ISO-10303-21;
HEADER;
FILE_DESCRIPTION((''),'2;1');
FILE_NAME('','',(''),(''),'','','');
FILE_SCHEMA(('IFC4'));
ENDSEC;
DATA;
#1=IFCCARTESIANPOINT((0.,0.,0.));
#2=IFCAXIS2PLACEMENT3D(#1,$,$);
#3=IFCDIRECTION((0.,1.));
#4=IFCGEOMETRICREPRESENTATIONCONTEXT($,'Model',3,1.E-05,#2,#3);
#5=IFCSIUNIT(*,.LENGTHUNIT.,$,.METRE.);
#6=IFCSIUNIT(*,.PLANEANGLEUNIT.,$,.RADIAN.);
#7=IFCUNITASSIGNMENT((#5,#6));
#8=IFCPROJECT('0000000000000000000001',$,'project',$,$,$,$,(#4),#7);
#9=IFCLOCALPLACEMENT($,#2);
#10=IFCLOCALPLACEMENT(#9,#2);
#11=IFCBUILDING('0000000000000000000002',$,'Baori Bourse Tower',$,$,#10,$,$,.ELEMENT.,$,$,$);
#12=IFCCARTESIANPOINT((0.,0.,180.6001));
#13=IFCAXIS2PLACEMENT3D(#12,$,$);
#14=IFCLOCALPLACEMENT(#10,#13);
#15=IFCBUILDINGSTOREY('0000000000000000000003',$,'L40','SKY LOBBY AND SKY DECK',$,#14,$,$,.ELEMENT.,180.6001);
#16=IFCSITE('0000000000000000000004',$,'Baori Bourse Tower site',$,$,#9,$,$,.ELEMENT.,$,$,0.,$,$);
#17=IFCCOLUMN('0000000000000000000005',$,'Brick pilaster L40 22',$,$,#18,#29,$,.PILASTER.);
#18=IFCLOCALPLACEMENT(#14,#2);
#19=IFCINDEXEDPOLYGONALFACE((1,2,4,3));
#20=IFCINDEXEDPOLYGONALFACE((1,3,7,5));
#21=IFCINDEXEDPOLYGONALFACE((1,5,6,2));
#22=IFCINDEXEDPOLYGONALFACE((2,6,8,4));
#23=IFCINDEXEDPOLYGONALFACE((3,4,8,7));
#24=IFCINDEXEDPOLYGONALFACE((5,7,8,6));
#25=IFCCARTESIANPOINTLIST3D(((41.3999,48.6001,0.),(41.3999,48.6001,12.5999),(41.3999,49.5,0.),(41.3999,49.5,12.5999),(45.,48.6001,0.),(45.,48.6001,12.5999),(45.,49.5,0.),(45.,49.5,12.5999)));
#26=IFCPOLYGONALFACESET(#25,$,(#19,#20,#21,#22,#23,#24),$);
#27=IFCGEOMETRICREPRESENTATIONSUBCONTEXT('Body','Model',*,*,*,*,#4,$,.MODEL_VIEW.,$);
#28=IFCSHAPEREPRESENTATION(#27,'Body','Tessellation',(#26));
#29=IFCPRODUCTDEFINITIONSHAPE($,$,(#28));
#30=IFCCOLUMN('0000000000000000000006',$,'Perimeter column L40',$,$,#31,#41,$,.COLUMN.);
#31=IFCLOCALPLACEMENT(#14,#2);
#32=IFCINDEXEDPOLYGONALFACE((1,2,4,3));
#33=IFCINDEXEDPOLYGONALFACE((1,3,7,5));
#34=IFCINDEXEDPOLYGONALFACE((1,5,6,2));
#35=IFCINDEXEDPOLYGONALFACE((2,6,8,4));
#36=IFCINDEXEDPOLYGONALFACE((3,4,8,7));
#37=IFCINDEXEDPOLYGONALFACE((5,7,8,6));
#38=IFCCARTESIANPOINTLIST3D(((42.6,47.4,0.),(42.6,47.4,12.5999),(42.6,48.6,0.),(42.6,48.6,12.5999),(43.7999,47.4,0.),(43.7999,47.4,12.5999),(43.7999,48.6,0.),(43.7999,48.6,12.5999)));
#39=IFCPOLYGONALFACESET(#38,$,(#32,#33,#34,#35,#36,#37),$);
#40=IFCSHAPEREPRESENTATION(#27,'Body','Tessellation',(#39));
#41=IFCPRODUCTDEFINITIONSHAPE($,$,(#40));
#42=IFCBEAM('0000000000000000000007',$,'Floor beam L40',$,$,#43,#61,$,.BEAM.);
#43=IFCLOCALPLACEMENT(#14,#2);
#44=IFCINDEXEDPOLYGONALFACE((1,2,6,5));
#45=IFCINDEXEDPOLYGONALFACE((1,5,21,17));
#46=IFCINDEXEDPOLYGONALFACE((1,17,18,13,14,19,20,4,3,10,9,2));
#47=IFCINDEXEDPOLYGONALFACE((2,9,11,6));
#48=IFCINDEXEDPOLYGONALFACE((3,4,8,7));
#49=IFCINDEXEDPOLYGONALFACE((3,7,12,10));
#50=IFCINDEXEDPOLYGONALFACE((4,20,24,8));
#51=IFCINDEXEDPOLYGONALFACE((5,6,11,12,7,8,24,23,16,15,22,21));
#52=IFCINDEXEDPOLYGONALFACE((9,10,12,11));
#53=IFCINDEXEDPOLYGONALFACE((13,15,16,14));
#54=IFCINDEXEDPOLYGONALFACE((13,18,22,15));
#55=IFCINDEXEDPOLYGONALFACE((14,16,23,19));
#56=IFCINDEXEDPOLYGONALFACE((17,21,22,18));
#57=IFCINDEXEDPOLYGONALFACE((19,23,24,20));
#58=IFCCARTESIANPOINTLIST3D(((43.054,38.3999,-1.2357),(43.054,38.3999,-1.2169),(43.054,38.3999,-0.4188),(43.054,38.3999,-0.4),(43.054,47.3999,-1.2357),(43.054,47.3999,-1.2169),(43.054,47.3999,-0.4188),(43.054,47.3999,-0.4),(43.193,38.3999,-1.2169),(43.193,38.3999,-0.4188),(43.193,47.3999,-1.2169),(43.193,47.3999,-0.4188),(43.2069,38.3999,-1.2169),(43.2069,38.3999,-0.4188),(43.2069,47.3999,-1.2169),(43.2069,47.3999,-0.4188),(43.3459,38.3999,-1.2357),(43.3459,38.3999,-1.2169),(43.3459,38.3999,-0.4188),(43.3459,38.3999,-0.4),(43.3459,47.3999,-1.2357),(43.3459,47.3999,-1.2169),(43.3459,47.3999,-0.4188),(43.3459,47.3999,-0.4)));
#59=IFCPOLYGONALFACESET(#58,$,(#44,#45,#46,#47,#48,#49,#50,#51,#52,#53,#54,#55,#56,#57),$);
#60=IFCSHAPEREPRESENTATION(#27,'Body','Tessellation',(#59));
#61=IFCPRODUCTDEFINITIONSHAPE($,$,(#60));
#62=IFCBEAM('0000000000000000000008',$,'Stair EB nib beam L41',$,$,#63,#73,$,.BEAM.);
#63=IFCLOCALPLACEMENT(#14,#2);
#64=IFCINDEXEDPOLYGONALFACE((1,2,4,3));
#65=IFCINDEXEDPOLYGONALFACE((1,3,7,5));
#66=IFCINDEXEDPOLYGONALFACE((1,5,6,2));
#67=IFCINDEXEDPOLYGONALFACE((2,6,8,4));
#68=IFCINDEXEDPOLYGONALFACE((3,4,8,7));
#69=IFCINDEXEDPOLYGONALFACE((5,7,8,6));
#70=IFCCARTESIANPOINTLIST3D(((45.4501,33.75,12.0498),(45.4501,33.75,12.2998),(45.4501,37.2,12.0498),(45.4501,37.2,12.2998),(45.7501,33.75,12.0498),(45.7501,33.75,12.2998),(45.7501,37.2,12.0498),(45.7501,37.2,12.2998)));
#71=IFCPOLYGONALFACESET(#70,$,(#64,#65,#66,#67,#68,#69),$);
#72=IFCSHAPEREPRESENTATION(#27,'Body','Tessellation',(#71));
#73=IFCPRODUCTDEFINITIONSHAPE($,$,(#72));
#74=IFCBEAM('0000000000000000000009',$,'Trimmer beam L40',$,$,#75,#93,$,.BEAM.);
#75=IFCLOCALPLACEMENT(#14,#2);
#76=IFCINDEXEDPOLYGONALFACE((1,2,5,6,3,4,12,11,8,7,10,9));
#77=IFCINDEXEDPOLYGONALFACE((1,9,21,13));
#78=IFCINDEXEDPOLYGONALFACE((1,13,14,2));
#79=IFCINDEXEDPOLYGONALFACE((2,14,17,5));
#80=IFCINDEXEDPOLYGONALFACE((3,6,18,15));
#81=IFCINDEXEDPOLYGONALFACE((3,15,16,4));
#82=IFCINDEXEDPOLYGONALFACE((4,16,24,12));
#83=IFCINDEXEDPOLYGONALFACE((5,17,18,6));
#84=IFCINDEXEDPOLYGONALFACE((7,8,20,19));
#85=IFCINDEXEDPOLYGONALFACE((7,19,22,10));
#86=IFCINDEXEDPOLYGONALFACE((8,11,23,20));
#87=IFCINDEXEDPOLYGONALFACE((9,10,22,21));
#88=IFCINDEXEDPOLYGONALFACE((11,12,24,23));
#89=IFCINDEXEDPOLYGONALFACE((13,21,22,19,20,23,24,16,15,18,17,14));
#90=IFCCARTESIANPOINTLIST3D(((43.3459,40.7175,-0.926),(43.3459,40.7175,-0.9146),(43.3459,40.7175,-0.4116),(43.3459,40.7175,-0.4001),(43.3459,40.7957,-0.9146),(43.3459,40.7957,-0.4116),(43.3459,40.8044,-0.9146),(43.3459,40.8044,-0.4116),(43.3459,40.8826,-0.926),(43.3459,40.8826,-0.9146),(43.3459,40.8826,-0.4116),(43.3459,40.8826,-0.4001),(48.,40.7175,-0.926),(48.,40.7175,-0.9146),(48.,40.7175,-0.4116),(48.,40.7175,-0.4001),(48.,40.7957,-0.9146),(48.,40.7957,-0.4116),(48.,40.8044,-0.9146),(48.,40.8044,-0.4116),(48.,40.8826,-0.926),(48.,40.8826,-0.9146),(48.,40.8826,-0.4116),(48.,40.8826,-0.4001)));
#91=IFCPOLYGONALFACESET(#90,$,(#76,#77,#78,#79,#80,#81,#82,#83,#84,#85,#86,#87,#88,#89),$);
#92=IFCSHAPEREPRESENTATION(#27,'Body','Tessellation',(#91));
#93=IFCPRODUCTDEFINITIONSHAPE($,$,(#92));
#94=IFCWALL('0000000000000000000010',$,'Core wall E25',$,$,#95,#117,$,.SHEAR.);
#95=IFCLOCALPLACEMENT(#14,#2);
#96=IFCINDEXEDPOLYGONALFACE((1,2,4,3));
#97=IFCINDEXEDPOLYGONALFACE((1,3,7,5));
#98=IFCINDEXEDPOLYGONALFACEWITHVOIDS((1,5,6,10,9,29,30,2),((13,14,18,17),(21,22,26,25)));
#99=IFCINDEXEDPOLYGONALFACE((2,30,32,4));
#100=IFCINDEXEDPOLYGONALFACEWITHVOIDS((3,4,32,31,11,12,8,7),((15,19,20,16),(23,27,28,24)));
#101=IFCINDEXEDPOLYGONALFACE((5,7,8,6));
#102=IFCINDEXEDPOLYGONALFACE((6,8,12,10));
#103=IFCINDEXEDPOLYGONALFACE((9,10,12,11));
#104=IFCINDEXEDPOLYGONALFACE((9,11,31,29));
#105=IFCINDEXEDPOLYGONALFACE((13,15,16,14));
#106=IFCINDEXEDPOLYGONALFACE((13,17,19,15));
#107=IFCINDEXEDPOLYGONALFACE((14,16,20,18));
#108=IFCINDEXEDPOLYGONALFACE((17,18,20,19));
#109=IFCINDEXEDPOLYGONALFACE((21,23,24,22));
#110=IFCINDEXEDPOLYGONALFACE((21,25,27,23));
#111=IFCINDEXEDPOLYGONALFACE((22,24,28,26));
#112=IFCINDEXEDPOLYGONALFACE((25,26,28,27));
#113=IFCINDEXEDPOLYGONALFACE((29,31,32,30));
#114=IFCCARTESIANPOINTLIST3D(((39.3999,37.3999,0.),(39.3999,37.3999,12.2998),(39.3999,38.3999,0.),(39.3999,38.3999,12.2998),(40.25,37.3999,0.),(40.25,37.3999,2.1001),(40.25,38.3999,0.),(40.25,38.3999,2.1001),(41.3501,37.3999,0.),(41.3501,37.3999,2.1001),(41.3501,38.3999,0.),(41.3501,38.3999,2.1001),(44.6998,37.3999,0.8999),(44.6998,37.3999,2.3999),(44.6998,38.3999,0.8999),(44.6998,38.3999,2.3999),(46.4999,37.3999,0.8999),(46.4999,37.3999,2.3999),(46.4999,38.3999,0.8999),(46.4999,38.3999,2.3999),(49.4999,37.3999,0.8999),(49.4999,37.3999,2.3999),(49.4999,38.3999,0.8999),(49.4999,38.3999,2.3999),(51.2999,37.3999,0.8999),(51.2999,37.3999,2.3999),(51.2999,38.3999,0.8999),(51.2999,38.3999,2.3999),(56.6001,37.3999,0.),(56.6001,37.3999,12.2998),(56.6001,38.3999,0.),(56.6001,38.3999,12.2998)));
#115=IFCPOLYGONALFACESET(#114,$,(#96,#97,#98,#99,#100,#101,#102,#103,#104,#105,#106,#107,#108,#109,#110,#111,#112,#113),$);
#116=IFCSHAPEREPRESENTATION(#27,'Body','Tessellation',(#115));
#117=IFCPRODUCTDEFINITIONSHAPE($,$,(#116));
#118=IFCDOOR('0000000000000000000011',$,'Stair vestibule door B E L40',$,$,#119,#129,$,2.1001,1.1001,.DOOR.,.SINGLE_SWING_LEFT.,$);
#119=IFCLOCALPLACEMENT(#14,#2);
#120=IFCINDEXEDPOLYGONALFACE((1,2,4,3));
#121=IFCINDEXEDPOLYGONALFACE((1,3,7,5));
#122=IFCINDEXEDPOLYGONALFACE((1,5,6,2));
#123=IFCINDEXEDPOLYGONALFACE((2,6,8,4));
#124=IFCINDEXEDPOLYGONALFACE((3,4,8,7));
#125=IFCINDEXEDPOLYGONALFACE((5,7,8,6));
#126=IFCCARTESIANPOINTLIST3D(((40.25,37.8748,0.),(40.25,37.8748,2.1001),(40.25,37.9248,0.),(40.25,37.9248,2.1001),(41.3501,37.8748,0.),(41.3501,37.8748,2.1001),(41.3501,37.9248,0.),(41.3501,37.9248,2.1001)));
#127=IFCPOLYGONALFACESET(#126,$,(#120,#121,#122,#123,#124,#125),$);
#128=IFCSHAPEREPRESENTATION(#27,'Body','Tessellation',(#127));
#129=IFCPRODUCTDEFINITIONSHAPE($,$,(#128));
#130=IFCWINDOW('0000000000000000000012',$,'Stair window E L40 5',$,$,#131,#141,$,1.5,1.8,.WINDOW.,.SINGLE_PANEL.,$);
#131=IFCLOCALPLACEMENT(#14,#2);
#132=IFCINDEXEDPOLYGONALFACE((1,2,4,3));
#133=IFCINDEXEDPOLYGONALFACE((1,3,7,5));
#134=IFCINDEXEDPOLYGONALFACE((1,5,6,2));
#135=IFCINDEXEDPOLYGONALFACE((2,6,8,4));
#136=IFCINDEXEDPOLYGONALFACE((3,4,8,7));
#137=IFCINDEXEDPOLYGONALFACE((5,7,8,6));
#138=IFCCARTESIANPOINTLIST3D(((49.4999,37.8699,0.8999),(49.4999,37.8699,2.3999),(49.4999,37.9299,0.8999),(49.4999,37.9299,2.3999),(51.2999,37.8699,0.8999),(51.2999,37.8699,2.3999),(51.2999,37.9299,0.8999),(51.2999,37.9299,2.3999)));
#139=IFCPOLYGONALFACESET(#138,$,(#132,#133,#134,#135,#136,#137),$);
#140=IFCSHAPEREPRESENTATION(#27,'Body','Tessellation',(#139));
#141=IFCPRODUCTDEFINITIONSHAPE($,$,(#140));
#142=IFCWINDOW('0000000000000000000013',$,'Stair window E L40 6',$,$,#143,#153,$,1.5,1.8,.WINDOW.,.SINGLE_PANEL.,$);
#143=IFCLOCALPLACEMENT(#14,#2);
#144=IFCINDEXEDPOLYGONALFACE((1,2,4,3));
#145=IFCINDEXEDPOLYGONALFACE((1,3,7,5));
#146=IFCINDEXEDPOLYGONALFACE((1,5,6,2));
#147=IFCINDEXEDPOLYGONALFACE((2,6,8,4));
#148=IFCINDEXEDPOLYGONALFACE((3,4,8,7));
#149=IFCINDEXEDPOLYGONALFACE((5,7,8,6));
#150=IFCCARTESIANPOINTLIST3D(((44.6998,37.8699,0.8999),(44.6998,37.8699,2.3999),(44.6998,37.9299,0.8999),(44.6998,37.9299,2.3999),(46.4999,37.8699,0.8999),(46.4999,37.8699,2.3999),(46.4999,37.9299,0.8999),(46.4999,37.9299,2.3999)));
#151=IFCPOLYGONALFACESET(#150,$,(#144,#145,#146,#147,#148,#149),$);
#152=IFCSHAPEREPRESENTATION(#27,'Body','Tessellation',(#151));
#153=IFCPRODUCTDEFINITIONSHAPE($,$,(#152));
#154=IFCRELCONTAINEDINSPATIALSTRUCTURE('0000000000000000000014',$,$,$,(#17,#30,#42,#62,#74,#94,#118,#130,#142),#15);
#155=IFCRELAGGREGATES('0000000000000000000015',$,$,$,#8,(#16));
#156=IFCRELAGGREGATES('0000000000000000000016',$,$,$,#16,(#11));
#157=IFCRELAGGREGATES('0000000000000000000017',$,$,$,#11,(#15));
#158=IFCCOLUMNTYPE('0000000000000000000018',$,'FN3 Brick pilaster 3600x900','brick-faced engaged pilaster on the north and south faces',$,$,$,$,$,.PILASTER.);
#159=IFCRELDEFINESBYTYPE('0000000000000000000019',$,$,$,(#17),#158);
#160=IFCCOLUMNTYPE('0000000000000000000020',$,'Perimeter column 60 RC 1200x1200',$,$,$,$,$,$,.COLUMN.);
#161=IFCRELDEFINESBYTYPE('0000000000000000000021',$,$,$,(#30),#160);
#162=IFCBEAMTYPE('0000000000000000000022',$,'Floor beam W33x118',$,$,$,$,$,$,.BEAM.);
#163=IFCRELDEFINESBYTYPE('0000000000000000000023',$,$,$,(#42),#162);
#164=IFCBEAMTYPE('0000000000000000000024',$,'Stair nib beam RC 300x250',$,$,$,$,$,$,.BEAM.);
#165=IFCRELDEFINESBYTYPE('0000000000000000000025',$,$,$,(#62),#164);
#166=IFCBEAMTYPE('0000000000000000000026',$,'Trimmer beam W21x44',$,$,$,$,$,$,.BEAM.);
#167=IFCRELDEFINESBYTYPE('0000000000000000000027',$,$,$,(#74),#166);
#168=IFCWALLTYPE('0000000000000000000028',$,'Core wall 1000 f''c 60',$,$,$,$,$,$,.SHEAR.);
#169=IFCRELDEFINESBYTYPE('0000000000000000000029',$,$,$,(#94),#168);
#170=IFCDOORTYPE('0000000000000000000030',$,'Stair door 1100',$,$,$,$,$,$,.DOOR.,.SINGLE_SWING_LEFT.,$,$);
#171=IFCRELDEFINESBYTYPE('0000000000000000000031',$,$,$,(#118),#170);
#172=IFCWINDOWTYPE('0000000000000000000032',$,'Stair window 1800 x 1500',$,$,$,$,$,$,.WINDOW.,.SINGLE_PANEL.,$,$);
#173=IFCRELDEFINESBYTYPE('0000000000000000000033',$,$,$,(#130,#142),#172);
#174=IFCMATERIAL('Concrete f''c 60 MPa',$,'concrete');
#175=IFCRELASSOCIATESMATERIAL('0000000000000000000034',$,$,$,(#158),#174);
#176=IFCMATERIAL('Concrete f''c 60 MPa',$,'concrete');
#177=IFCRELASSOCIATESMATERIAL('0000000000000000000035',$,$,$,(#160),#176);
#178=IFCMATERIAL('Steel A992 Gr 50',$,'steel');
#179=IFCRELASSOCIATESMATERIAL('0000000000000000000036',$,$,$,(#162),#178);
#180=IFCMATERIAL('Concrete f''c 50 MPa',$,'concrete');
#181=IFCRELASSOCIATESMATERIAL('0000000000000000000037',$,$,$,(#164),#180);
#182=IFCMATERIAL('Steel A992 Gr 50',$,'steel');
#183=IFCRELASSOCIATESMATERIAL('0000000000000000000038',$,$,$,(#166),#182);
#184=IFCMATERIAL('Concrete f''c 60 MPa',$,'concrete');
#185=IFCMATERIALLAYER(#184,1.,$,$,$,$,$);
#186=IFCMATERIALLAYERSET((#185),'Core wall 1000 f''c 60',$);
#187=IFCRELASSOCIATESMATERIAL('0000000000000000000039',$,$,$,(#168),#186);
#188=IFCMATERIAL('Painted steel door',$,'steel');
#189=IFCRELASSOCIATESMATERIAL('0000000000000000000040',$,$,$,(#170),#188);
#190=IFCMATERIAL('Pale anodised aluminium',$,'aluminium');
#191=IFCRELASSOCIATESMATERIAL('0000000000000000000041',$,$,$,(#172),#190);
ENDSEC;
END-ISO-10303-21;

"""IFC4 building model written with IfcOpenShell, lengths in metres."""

from ifc_helpers import new_model, si_unit, direction, frame, frame_2d, origin, origin_2d, place, context, subcontext, project, spatial, rectangle, i_section, extrude, material, layer, layer_set, material_profile, profile_set, type_object, element, fill, save


model = new_model("IFC4")

# Units and contexts
model_context = context("Model", 3, precision=1e-05, world=origin(), true_north=direction((0.0, 1.0)))
body_context = subcontext(model_context, "Body", "Model", "MODEL_VIEW")
ifc_project = project(units=[si_unit("LENGTHUNIT", "METRE"), si_unit("PLANEANGLEUNIT", "RADIAN")], contexts=[model_context])

# Site, building, storey
site_placement = place(None, origin())
site = spatial("IfcSite", under=ifc_project, at=site_placement, Name="Baori Bourse Tower site", CompositionType="ELEMENT", RefElevation=0.0)
building_placement = place(site_placement, origin())
building = spatial("IfcBuilding", under=site, at=building_placement, Name="Baori Bourse Tower", CompositionType="ELEMENT")
storey_placement = place(building_placement, frame((0.0, 0.0, 180.6001)))
storey = spatial("IfcBuildingStorey", under=building, at=storey_placement, Name="L40", Description="SKY LOBBY AND SKY DECK", CompositionType="ELEMENT", Elevation=180.6001)

# Columns
ifc_material_1 = material(Name="Concrete f'c 60 MPa", Category="concrete")
ifc_material_profile_1 = material_profile(ifc_material_1, rectangle(XDim=3.6001, YDim=0.8999, at=origin_2d()), Name="RC 3600x900")
ifc_profile_set_1 = profile_set([ifc_material_profile_1], Name="Concrete f'c 60 MPa")
column_type_1 = type_object("IfcColumnType", Name="FN3 Brick pilaster 3600x900", Description="brick-faced engaged pilaster on the north and south faces", PredefinedType="PILASTER", material=ifc_profile_set_1)
column_1_placement = place(storey_placement, frame((43.2, 49.05, 0.0), z_axis=(0.0, 0.0, 1.0), x_axis=(1.0, 0.0, 0.0)))
element("IfcColumn", 1, at=column_1_placement, inside=storey, type_object=column_type_1, Name="Brick pilaster L40 22", PredefinedType="PILASTER", context=body_context, shape_type="SweptSolid", body=[
    extrude(rectangle(XDim=3.6001, YDim=0.8999, at=origin_2d()), origin(), (0.0, 0.0, 1.0), 12.5999),
])
ifc_material_2 = material(Name="Concrete f'c 60 MPa", Category="concrete")
ifc_material_profile_2 = material_profile(ifc_material_2, rectangle(XDim=1.2, YDim=1.2, at=origin_2d()), Name="RC 1200x1200")
ifc_profile_set_2 = profile_set([ifc_material_profile_2], Name="Concrete f'c 60 MPa")
column_type_2 = type_object("IfcColumnType", Name="Perimeter column 60 RC 1200x1200", PredefinedType="COLUMN", material=ifc_profile_set_2)
column_2_placement = place(storey_placement, frame((43.2, 48.0, 0.0), z_axis=(0.0, 0.0, 1.0), x_axis=(1.0, 0.0, 0.0)))
element("IfcColumn", 2, at=column_2_placement, inside=storey, type_object=column_type_2, Name="Perimeter column L40", PredefinedType="COLUMN", context=body_context, shape_type="SweptSolid", body=[
    extrude(rectangle(XDim=1.2, YDim=1.2, at=origin_2d()), origin(), (0.0, 0.0, 1.0), 12.5999),
])

# Beams
ifc_material_3 = material(Name="Steel A992 Gr 50", Category="steel")
ifc_material_profile_3 = material_profile(ifc_material_3, i_section(OverallWidth=0.292, OverallDepth=0.8357, WebThickness=0.0139, FlangeThickness=0.0188, at=origin_2d()), Name="W33x118")
ifc_profile_set_3 = profile_set([ifc_material_profile_3], Name="Steel A992 Gr 50")
beam_type_1 = type_object("IfcBeamType", Name="Floor beam W33x118", PredefinedType="BEAM", material=ifc_profile_set_3)
beam_1_placement = place(storey_placement, frame((43.2, 38.3999, -0.8179), z_axis=(0.0, 1.0, 0.0), x_axis=(-1.0, 0.0, 0.0)))
element("IfcBeam", 3, at=beam_1_placement, inside=storey, type_object=beam_type_1, Name="Floor beam L40", PredefinedType="BEAM", context=body_context, shape_type="SweptSolid", body=[
    extrude(i_section(OverallWidth=0.292, OverallDepth=0.8357, WebThickness=0.0139, FlangeThickness=0.0188, at=origin_2d()), origin(), (0.0, 0.0, 1.0), 9.0),
])
ifc_material_4 = material(Name="Concrete f'c 50 MPa", Category="concrete")
ifc_material_profile_4 = material_profile(ifc_material_4, rectangle(XDim=0.3, YDim=0.25, at=origin_2d()), Name="RC 300x250")
ifc_profile_set_4 = profile_set([ifc_material_profile_4], Name="Concrete f'c 50 MPa")
beam_type_2 = type_object("IfcBeamType", Name="Stair nib beam RC 300x250", PredefinedType="BEAM", material=ifc_profile_set_4)
beam_2_placement = place(storey_placement, frame((45.6001, 33.75, 12.1748), z_axis=(0.0, 1.0, 0.0), x_axis=(-1.0, 0.0, 0.0)))
element("IfcBeam", 4, at=beam_2_placement, inside=storey, type_object=beam_type_2, Name="Stair EB nib beam L41", PredefinedType="BEAM", context=body_context, shape_type="SweptSolid", body=[
    extrude(rectangle(XDim=0.3, YDim=0.25, at=origin_2d()), origin(), (0.0, 0.0, 1.0), 3.45),
])
ifc_material_5 = material(Name="Steel A992 Gr 50", Category="steel")
ifc_material_profile_5 = material_profile(ifc_material_5, i_section(OverallWidth=0.165, OverallDepth=0.5259, WebThickness=0.0088, FlangeThickness=0.0115, at=origin_2d()), Name="W21x44")
ifc_profile_set_5 = profile_set([ifc_material_profile_5], Name="Steel A992 Gr 50")
beam_type_3 = type_object("IfcBeamType", Name="Trimmer beam W21x44", PredefinedType="BEAM", material=ifc_profile_set_5)
beam_3_placement = place(storey_placement, frame((43.3459, 40.8, -0.6631), z_axis=(1.0, 0.0, 0.0), x_axis=(0.0, 1.0, 0.0)))
element("IfcBeam", 5, at=beam_3_placement, inside=storey, type_object=beam_type_3, Name="Trimmer beam L40", PredefinedType="BEAM", context=body_context, shape_type="SweptSolid", body=[
    extrude(i_section(OverallWidth=0.165, OverallDepth=0.5259, WebThickness=0.0088, FlangeThickness=0.0115, at=origin_2d()), origin(), (0.0, 0.0, 1.0), 4.6541),
])

# Wall, openings, door, windows
ifc_material_6 = material(Name="Concrete f'c 60 MPa", Category="concrete")
ifc_layer_1 = layer(ifc_material_6, 1.0)
ifc_layer_set_1 = layer_set([ifc_layer_1], Name="Core wall 1000 f'c 60")
wall_type_1 = type_object("IfcWallType", Name="Core wall 1000 f'c 60", PredefinedType="SHEAR", material=ifc_layer_set_1)
wall_1_placement = place(storey_placement, frame((39.3999, 37.8999, 0.0), z_axis=(0.0, 0.0, 1.0), x_axis=(1.0, 0.0, 0.0)))
wall_1 = element("IfcWall", 6, at=wall_1_placement, inside=storey, type_object=wall_type_1, Name="Core wall E25", PredefinedType="SHEAR", context=body_context, shape_type="SweptSolid", body=[
    extrude(rectangle(XDim=17.2002, YDim=1.0, at=frame_2d((8.6001, 0.0))), origin(), (0.0, 0.0, 1.0), 12.2998),
])
opening_1_placement = place(wall_1_placement, frame((0.8501, 0.0, 0.0)))
opening_1 = element("IfcOpeningElement", 7, at=opening_1_placement, cuts=wall_1, PredefinedType="OPENING", context=body_context, shape_type="SweptSolid", body=[
    extrude(rectangle(XDim=1.1001, YDim=2.1001, at=frame_2d((0.55, 1.05))), frame((0.0, 0.51, 0.0), z_axis=(0.0, -1.0, 0.0), x_axis=(1.0, 0.0, 0.0)), (0.0, 0.0, 1.0), 1.02),
])
opening_2_placement = place(wall_1_placement, frame((10.1001, 0.0, 0.8999)))
opening_2 = element("IfcOpeningElement", 8, at=opening_2_placement, cuts=wall_1, PredefinedType="OPENING", context=body_context, shape_type="SweptSolid", body=[
    extrude(rectangle(XDim=1.8, YDim=1.5, at=frame_2d((0.8999, 0.75))), frame((0.0, 0.51, 0.0), z_axis=(0.0, -1.0, 0.0), x_axis=(1.0, 0.0, 0.0)), (0.0, 0.0, 1.0), 1.02),
])
opening_3_placement = place(wall_1_placement, frame((5.3, 0.0, 0.8999)))
opening_3 = element("IfcOpeningElement", 9, at=opening_3_placement, cuts=wall_1, PredefinedType="OPENING", context=body_context, shape_type="SweptSolid", body=[
    extrude(rectangle(XDim=1.8, YDim=1.5, at=frame_2d((0.8999, 0.75))), frame((0.0, 0.51, 0.0), z_axis=(0.0, -1.0, 0.0), x_axis=(1.0, 0.0, 0.0)), (0.0, 0.0, 1.0), 1.02),
])
ifc_material_7 = material(Name="Painted steel door", Category="steel")
door_type_1 = type_object("IfcDoorType", Name="Stair door 1100", OperationType="SINGLE_SWING_LEFT", PredefinedType="DOOR", material=ifc_material_7)
door_1_placement = place(opening_1_placement, origin())
door_1 = element("IfcDoor", 10, at=door_1_placement, inside=storey, type_object=door_type_1, Name="Stair vestibule door B E L40", OperationType="SINGLE_SWING_LEFT", OverallHeight=2.1001, OverallWidth=1.1001, PredefinedType="DOOR", context=body_context, shape_type="SweptSolid", body=[
    extrude(rectangle(XDim=1.1001, YDim=2.1001, at=frame_2d((0.55, 1.05))), frame((0.0, 0.0249, 0.0), z_axis=(0.0, -1.0, 0.0), x_axis=(1.0, 0.0, 0.0)), (0.0, 0.0, 1.0), 0.05),
])
fill(opening_1, door_1)
ifc_material_8 = material(Name="Pale anodised aluminium", Category="aluminium")
window_type = type_object("IfcWindowType", Name="Stair window 1800 x 1500", PartitioningType="SINGLE_PANEL", PredefinedType="WINDOW", material=ifc_material_8)
window_1_placement = place(opening_2_placement, origin())
window_1 = element("IfcWindow", 11, at=window_1_placement, inside=storey, type_object=window_type, Name="Stair window E L40 5", OverallHeight=1.5, OverallWidth=1.8, PartitioningType="SINGLE_PANEL", PredefinedType="WINDOW", context=body_context, shape_type="SweptSolid", body=[
    extrude(rectangle(XDim=1.8, YDim=1.5, at=frame_2d((0.8999, 0.75))), frame((0.0, 0.03, 0.0), z_axis=(0.0, -1.0, 0.0), x_axis=(1.0, 0.0, 0.0)), (0.0, 0.0, 1.0), 0.0601),
])
fill(opening_2, window_1)
window_2_placement = place(opening_3_placement, origin())
window_2 = element("IfcWindow", 12, at=window_2_placement, inside=storey, type_object=window_type, Name="Stair window E L40 6", OverallHeight=1.5, OverallWidth=1.8, PartitioningType="SINGLE_PANEL", PredefinedType="WINDOW", context=body_context, shape_type="SweptSolid", body=[
    extrude(rectangle(XDim=1.8, YDim=1.5, at=frame_2d((0.8999, 0.75))), frame((0.0, 0.03, 0.0), z_axis=(0.0, -1.0, 0.0), x_axis=(1.0, 0.0, 0.0)), (0.0, 0.0, 1.0), 0.0601),
])
fill(opening_3, window_2)

save(model, "model.ifc")
